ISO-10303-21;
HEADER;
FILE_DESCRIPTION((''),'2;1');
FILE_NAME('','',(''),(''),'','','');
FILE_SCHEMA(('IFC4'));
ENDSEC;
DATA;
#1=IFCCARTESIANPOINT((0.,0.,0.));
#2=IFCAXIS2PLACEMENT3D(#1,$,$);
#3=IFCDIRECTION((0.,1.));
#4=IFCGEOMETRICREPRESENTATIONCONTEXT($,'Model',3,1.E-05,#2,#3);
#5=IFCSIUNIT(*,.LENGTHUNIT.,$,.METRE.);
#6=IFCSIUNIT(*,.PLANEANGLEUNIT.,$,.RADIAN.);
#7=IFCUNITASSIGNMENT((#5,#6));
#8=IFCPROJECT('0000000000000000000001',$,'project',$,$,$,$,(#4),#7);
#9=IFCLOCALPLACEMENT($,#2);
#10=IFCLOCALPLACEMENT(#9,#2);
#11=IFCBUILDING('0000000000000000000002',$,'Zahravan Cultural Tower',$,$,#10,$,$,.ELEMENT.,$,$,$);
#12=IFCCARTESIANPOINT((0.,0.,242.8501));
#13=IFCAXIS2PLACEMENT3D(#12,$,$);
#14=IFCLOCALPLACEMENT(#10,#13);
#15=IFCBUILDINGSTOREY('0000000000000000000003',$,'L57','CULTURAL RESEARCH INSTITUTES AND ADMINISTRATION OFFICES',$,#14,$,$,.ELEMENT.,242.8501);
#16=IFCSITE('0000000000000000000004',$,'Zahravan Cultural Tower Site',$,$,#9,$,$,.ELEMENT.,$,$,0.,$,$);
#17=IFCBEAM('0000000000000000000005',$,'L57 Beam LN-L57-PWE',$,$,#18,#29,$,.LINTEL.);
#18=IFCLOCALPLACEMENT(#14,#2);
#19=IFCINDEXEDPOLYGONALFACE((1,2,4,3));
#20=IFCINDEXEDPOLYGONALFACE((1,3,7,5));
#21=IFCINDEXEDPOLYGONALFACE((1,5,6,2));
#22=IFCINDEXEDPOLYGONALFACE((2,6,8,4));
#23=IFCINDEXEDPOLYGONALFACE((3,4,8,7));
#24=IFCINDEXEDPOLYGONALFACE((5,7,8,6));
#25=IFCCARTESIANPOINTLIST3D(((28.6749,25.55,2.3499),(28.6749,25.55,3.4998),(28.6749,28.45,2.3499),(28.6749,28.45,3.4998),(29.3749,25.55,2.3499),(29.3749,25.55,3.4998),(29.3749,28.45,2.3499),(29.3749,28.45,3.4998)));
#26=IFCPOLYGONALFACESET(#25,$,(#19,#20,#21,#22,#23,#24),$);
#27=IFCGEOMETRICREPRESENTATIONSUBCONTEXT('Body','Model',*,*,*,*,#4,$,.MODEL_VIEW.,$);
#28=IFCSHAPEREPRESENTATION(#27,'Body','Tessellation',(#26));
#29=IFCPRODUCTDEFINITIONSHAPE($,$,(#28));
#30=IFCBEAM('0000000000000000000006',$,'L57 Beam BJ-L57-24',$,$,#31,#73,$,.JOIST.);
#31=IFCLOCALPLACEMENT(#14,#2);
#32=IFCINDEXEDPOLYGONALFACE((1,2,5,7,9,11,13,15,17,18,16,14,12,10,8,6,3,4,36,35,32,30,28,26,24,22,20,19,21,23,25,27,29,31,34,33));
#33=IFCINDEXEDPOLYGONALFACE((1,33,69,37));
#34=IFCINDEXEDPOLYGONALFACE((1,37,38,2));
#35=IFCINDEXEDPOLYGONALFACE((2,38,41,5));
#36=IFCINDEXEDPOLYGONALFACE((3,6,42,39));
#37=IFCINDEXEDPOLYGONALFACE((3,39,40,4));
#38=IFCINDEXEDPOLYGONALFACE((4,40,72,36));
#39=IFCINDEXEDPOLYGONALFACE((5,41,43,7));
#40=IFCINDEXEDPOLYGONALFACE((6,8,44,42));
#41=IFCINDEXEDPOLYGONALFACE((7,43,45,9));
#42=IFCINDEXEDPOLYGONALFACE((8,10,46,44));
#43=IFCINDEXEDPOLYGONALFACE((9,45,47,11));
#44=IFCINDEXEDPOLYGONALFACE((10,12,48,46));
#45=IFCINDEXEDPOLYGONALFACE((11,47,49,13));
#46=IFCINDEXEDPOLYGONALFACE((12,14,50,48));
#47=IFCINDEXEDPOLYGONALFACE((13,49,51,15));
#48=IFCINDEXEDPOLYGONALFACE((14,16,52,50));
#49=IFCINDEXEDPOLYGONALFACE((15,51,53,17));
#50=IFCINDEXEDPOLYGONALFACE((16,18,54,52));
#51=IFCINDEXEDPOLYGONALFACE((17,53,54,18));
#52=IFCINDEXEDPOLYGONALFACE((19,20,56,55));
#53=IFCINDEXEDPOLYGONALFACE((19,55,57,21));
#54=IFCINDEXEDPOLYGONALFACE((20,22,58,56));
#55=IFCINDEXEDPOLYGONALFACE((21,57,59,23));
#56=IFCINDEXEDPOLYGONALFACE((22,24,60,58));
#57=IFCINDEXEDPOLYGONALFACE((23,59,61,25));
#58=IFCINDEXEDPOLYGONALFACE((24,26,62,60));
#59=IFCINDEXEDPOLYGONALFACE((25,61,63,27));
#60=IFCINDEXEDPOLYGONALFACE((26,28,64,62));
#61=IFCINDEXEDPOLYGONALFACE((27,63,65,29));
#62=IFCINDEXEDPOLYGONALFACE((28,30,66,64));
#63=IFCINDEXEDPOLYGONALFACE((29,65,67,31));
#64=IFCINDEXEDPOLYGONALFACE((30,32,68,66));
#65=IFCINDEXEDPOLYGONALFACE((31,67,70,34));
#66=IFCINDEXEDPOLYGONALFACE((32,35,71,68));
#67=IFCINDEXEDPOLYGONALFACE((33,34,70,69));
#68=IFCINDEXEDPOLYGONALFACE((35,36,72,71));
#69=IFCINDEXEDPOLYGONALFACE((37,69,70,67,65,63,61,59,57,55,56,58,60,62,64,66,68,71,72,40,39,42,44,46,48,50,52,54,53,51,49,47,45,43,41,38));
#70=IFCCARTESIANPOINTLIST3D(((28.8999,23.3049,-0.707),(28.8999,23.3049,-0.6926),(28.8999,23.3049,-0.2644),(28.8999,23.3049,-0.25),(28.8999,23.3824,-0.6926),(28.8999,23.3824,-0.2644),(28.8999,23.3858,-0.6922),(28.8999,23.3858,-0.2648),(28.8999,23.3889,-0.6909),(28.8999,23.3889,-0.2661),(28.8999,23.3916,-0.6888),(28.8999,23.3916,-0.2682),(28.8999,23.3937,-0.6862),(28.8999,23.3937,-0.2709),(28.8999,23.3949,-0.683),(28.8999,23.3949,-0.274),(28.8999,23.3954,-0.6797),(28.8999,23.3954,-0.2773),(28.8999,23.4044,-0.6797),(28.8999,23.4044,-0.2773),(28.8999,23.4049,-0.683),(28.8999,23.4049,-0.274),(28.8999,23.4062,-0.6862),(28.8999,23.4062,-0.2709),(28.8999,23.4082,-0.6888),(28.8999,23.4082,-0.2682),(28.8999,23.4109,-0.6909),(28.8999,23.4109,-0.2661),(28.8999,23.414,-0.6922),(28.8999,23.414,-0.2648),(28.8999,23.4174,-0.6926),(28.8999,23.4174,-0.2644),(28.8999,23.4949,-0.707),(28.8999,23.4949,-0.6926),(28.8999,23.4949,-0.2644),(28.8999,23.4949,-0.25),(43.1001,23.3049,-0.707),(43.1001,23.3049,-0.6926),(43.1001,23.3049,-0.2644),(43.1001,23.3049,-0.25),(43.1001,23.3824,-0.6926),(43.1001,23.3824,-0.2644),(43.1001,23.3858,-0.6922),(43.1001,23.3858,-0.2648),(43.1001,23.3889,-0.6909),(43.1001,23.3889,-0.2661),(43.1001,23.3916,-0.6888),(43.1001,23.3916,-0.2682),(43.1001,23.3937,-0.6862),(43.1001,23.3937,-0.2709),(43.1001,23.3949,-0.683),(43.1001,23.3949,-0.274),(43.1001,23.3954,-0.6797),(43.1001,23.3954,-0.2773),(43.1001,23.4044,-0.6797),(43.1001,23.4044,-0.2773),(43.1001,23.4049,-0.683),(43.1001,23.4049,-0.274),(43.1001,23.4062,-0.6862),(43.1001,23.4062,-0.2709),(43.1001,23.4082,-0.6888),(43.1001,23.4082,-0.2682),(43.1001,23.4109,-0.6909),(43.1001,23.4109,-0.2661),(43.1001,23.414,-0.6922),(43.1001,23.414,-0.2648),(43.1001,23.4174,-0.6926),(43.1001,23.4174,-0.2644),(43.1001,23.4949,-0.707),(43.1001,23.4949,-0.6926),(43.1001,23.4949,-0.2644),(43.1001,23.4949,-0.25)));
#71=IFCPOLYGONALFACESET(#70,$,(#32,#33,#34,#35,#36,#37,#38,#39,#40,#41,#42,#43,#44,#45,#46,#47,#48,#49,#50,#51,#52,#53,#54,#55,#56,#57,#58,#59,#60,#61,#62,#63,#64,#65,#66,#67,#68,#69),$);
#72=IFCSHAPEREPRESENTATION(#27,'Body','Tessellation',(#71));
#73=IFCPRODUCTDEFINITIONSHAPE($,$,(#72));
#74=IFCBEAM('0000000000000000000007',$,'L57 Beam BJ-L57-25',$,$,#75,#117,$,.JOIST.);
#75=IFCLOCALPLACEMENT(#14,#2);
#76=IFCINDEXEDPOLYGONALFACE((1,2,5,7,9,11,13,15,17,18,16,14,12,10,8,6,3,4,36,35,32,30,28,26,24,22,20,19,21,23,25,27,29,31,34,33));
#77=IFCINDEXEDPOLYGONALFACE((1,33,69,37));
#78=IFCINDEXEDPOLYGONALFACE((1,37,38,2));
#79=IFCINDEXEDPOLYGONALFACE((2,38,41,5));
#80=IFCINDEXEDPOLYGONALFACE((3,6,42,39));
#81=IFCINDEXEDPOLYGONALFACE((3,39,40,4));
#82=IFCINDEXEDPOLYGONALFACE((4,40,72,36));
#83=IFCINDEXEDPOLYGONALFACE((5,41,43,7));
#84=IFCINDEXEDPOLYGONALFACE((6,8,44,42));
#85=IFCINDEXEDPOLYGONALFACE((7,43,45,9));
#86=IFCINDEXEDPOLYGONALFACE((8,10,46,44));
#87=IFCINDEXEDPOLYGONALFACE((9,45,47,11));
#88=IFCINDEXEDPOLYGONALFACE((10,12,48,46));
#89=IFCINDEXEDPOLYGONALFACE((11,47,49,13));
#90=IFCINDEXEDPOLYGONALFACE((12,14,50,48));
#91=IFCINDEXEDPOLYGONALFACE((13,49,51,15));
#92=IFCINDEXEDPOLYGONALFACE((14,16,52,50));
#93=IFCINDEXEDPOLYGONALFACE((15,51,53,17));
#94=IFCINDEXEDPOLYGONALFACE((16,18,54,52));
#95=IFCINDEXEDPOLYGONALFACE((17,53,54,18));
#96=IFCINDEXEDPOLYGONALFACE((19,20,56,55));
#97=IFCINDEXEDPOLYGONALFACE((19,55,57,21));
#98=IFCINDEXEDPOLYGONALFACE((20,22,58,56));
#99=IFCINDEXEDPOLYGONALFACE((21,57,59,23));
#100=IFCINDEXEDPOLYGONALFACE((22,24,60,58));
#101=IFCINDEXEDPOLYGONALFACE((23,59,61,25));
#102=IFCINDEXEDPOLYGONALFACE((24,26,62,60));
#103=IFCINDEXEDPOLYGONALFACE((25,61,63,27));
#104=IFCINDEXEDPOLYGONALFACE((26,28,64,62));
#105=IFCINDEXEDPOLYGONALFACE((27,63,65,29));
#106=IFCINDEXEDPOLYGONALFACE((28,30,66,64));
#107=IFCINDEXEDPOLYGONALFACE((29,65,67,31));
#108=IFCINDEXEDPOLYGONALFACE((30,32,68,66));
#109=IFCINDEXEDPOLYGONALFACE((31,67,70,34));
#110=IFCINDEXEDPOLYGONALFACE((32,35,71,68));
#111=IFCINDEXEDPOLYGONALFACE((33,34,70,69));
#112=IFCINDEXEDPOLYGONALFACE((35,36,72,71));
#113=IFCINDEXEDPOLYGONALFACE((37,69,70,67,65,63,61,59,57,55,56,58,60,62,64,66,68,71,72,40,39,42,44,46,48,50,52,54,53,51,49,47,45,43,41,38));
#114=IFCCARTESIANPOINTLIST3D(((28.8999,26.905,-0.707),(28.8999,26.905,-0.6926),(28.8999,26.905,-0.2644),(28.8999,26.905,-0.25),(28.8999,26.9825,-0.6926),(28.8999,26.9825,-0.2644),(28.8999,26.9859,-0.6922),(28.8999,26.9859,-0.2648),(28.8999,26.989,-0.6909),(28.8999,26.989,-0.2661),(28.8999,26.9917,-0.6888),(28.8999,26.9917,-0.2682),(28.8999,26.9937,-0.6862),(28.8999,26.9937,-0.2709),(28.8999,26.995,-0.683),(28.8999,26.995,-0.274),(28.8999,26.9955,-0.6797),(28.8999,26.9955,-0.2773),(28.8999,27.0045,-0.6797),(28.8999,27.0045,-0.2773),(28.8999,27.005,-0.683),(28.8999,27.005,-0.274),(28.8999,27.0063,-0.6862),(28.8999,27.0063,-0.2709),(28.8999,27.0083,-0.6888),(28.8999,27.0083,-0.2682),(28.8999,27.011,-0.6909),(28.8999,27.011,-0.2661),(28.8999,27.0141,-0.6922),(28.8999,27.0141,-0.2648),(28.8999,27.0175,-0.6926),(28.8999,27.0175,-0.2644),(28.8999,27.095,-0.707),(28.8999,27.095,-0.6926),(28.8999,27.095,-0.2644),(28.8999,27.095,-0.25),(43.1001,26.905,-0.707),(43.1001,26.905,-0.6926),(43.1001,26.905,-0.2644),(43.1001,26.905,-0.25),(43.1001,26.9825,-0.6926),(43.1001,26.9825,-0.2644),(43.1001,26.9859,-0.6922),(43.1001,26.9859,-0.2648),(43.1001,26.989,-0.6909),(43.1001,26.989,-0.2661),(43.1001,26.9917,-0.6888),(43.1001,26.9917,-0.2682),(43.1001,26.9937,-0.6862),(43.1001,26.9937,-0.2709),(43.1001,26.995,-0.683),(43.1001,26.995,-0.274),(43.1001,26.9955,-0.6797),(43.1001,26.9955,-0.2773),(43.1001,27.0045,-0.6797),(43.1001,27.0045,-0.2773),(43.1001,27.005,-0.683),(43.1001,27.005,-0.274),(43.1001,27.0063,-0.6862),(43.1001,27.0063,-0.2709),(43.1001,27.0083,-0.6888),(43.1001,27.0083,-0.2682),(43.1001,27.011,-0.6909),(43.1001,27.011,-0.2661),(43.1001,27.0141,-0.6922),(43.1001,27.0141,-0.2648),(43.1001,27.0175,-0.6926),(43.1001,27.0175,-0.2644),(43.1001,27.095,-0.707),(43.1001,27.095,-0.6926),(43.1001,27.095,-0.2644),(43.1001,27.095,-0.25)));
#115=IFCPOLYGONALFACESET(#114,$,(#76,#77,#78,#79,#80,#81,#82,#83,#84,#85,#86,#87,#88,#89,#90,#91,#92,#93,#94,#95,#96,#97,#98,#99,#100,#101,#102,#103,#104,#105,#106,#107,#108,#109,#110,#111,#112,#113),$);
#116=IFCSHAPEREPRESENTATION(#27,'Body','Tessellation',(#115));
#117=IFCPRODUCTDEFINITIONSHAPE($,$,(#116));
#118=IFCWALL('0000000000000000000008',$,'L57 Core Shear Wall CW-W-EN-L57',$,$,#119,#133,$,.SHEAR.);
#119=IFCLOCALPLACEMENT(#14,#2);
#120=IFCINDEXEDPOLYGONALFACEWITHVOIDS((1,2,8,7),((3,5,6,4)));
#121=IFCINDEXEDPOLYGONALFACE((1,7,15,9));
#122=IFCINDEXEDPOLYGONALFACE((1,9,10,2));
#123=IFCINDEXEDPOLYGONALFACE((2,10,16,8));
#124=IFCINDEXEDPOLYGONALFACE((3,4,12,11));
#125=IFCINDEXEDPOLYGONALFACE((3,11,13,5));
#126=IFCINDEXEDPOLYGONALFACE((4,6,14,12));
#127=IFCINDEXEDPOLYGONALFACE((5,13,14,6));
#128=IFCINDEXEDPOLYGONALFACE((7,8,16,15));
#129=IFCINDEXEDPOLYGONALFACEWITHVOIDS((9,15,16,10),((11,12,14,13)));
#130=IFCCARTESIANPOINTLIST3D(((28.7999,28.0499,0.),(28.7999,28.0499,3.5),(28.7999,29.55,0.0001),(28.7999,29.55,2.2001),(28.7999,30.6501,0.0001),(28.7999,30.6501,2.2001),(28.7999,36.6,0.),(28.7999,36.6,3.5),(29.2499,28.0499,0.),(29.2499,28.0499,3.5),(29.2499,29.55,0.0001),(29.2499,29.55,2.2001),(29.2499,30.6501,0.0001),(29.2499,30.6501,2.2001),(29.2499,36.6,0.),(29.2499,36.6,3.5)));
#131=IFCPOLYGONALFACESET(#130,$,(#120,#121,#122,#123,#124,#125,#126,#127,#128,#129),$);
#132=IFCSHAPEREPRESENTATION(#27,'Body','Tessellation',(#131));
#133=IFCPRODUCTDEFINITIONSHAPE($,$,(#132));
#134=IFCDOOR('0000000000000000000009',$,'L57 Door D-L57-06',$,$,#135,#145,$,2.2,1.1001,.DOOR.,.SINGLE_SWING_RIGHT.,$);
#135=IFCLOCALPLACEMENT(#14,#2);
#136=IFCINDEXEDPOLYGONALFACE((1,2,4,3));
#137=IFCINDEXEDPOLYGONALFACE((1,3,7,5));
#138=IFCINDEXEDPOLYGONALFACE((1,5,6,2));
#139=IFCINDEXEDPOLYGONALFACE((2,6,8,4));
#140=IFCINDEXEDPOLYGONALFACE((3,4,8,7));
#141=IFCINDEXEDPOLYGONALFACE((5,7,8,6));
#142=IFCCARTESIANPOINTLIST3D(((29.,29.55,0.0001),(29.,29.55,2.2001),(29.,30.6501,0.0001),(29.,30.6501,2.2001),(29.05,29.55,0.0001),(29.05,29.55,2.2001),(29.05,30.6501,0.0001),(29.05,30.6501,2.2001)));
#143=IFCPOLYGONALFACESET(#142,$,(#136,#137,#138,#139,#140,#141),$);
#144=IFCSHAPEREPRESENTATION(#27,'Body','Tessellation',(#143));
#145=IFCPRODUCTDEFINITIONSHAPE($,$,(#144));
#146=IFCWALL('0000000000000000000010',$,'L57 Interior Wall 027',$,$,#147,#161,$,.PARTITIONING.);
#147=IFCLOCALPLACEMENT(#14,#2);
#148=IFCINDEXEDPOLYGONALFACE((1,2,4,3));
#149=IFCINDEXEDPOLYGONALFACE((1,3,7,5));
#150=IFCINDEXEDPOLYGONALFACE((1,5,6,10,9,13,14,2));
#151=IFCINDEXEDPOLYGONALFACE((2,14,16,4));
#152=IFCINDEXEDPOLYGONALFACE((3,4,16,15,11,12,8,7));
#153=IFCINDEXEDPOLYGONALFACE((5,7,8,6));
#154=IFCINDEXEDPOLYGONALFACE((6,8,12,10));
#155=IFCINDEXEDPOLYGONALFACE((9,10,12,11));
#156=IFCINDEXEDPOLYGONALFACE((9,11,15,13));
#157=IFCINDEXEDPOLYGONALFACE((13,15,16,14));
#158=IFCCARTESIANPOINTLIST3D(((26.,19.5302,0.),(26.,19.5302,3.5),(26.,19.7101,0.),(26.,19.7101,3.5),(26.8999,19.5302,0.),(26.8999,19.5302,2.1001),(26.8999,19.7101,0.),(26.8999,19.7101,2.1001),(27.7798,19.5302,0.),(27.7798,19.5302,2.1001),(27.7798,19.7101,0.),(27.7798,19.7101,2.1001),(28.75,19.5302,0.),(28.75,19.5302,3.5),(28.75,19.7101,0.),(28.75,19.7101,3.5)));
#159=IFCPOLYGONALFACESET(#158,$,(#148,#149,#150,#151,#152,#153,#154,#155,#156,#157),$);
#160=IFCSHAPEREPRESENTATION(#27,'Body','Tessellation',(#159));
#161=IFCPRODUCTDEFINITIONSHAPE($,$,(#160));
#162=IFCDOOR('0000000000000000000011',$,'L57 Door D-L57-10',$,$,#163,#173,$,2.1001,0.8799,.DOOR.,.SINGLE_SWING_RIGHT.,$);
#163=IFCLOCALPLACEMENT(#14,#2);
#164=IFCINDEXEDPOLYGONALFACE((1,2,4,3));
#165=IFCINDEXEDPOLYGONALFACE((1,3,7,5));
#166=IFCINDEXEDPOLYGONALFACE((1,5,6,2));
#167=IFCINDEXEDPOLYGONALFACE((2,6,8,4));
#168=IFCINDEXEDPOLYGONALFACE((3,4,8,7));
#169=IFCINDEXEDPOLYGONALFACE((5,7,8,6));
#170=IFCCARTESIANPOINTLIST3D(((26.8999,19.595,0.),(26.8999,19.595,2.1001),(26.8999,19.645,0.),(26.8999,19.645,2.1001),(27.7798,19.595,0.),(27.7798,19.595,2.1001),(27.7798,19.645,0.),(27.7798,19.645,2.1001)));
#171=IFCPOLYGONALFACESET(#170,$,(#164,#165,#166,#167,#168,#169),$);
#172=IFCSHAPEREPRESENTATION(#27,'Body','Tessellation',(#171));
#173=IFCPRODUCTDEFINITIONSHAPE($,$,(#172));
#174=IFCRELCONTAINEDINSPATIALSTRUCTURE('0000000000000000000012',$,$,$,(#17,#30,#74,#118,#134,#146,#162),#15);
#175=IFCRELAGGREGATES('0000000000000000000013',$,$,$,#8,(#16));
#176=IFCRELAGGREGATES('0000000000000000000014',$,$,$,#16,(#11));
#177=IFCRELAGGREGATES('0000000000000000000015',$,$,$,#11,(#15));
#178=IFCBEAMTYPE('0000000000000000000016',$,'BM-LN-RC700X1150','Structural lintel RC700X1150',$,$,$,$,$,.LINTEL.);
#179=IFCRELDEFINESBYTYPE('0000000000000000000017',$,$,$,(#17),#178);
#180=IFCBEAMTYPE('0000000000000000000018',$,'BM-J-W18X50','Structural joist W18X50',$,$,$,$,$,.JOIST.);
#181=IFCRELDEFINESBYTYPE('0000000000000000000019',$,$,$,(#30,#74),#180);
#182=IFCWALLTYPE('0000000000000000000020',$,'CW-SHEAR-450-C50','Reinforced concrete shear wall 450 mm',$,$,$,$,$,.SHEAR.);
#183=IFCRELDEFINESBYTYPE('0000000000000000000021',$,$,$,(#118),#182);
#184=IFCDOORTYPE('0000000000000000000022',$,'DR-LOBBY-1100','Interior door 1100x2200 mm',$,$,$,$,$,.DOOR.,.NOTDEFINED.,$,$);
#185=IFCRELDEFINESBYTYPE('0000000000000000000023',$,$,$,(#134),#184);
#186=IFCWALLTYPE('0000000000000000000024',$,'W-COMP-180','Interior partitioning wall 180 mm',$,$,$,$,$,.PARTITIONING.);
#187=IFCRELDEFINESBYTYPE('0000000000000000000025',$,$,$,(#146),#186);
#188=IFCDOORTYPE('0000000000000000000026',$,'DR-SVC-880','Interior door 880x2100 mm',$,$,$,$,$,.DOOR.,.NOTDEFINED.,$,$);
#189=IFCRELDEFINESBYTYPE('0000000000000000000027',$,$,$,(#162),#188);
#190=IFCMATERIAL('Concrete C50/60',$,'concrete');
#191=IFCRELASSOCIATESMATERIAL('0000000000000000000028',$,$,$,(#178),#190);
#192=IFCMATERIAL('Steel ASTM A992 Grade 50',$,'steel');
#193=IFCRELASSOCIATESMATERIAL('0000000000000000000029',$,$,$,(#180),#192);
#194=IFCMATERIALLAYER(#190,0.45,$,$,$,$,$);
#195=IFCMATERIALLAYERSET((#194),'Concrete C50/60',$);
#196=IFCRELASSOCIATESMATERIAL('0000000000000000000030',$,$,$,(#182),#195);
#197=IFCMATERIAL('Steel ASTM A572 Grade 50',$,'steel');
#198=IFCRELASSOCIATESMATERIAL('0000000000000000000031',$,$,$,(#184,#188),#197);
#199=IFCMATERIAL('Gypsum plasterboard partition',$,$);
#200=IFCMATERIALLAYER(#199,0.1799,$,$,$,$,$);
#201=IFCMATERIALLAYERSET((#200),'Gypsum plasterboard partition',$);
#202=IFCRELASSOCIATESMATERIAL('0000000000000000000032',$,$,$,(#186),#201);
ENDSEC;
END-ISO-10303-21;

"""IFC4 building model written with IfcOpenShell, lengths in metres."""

from ifc_helpers import new_model, si_unit, direction, frame, frame_2d, origin, origin_2d, place, context, subcontext, project, spatial, rectangle, i_section, extrude, source, transform, mapped, material, layer, layer_set, material_profile, profile_set, type_object, element, fill, save


model = new_model("IFC4")

# Units and contexts
model_context = context("Model", 3, precision=1e-05, world=origin(), true_north=direction((0.0, 1.0)))
body_context = subcontext(model_context, "Body", "Model", "MODEL_VIEW")
ifc_project = project(units=[si_unit("LENGTHUNIT", "METRE"), si_unit("PLANEANGLEUNIT", "RADIAN")], contexts=[model_context])

# Site, building, storey
site_placement = place(None, origin())
site = spatial("IfcSite", under=ifc_project, at=site_placement, Name="Zahravan Cultural Tower Site", CompositionType="ELEMENT", RefElevation=0.0)
building_placement = place(site_placement, origin())
building = spatial("IfcBuilding", under=site, at=building_placement, Name="Zahravan Cultural Tower", CompositionType="ELEMENT")
storey_placement = place(building_placement, frame((0.0, 0.0, 242.8501)))
storey = spatial("IfcBuildingStorey", under=building, at=storey_placement, Name="L57", Description="CULTURAL RESEARCH INSTITUTES AND ADMINISTRATION OFFICES", CompositionType="ELEMENT", Elevation=242.8501)

# Beams
ifc_material_1 = material(Name="Concrete C50/60", Category="concrete")
ifc_material_profile_1 = material_profile(ifc_material_1, rectangle(XDim=0.7, YDim=1.1499, at=origin_2d()), Name="RC700X1150")
ifc_profile_set_1 = profile_set([ifc_material_profile_1], Name="Concrete C50/60")
beam_type_1 = type_object("IfcBeamType", Name="BM-LN-RC700X1150", Description="Structural lintel RC700X1150", PredefinedType="LINTEL", material=ifc_profile_set_1)
shared_shape_1 = source(origin(), body_context, "Body", "SweptSolid", [
    extrude(rectangle(XDim=0.7, YDim=1.1499, at=origin_2d()), origin(), (0.0, 0.0, 1.0), 2.8999),
])
beam_placement = place(storey_placement, frame((29.0249, 25.55, 2.9248), z_axis=(0.0, 1.0, 0.0), x_axis=(-1.0, 0.0, 0.0)))
element("IfcBeam", 1, at=beam_placement, inside=storey, type_object=beam_type_1, Name="L57 Beam LN-L57-PWE", PredefinedType="LINTEL", context=body_context, shape_type="MappedRepresentation", body=[
    mapped(shared_shape_1, transform((0.0, 0.0, 0.0), x_axis=(1.0, 0.0, 0.0), y_axis=(0.0, 1.0, 0.0), z_axis=(0.0, 0.0, 1.0), scale=1.0)),
])
ifc_material_2 = material(Name="Steel ASTM A992 Grade 50", Category="steel")
ifc_material_profile_2 = material_profile(ifc_material_2, i_section(OverallWidth=0.1899, OverallDepth=0.457, WebThickness=0.009, FlangeThickness=0.0144, FilletRadius=0.0129, at=origin_2d()), Name="W18X50")
ifc_profile_set_2 = profile_set([ifc_material_profile_2], Name="Steel ASTM A992 Grade 50")
beam_type_2 = type_object("IfcBeamType", Name="BM-J-W18X50", Description="Structural joist W18X50", PredefinedType="JOIST", material=ifc_profile_set_2)
shared_shape_2 = source(origin(), body_context, "Body", "SweptSolid", [
    extrude(i_section(OverallWidth=0.1899, OverallDepth=0.457, WebThickness=0.009, FlangeThickness=0.0144, FilletRadius=0.0129, at=origin_2d()), origin(), (0.0, 0.0, 1.0), 14.2002),
])
for number, where, z_axis, x_axis, name in (
    (2, (28.8999, 23.3999, -0.4785), (1.0, 0.0, 0.0), (0.0, 1.0, 0.0), "L57 Beam BJ-L57-24"),
    (3, (28.8999, 27.0, -0.4785), (1.0, 0.0, 0.0), (0.0, 1.0, 0.0), "L57 Beam BJ-L57-25"),
):
    element("IfcBeam", number, at=place(storey_placement, frame(where, z_axis=z_axis, x_axis=x_axis)), inside=storey, type_object=beam_type_2, Name=name, PredefinedType="JOIST", context=body_context, shape_type="MappedRepresentation", body=[
        mapped(shared_shape_2, transform((0.0, 0.0, 0.0), x_axis=(1.0, 0.0, 0.0), y_axis=(0.0, 1.0, 0.0), z_axis=(0.0, 0.0, 1.0), scale=1.0)),
    ])

# Walls, openings, doors
ifc_layer_1 = layer(ifc_material_1, 0.45)
ifc_layer_set_1 = layer_set([ifc_layer_1], Name="Concrete C50/60")
wall_type_1 = type_object("IfcWallType", Name="CW-SHEAR-450-C50", Description="Reinforced concrete shear wall 450 mm", PredefinedType="SHEAR", material=ifc_layer_set_1)
wall_1_placement = place(storey_placement, frame((29.0249, 28.05, 0.0), z_axis=(0.0, 0.0, 1.0), x_axis=(0.0, 1.0, 0.0)))
wall_1 = element("IfcWall", 4, at=wall_1_placement, inside=storey, type_object=wall_type_1, Name="L57 Core Shear Wall CW-W-EN-L57", PredefinedType="SHEAR", context=body_context, shape_type="SweptSolid", body=[
    extrude(rectangle(XDim=8.55, YDim=0.45, at=frame_2d((4.2749, 0.0))), origin(), (0.0, 0.0, 1.0), 3.5),
])
opening_1_placement = place(wall_1_placement, frame((1.5, 0.0, 0.0)))
opening_1 = element("IfcOpeningElement", 5, at=opening_1_placement, cuts=wall_1, PredefinedType="OPENING", context=body_context, shape_type="SweptSolid", body=[
    extrude(rectangle(XDim=1.1001, YDim=2.2, at=frame_2d((0.55, 1.1001))), frame((0.0, 0.2349, 0.0), z_axis=(0.0, -1.0, 0.0), x_axis=(1.0, 0.0, 0.0)), (0.0, 0.0, 1.0), 0.47),
])
ifc_material_3 = material(Name="Steel ASTM A572 Grade 50", Category="steel")
door_type_1 = type_object("IfcDoorType", Name="DR-LOBBY-1100", Description="Interior door 1100x2200 mm", OperationType="NOTDEFINED", PredefinedType="DOOR", material=ifc_material_3)
shared_shape_3 = source(origin(), body_context, "Body", "SweptSolid", [
    extrude(rectangle(XDim=1.1001, YDim=2.2, at=frame_2d((0.55, 1.1001))), frame((0.0, 0.0249, 0.0), z_axis=(0.0, -1.0, 0.0), x_axis=(1.0, 0.0, 0.0)), (0.0, 0.0, 1.0), 0.05),
])
door_1_placement = place(opening_1_placement, origin())
door_1 = element("IfcDoor", 6, at=door_1_placement, inside=storey, type_object=door_type_1, Name="L57 Door D-L57-06", OperationType="SINGLE_SWING_RIGHT", OverallHeight=2.2, OverallWidth=1.1001, PredefinedType="DOOR", context=body_context, shape_type="MappedRepresentation", body=[
    mapped(shared_shape_3, transform((0.0, 0.0, 0.0), x_axis=(1.0, 0.0, 0.0), y_axis=(0.0, 1.0, 0.0), z_axis=(0.0, 0.0, 1.0), scale=1.0)),
])
fill(opening_1, door_1)
ifc_material_4 = material(Name="Gypsum plasterboard partition")
ifc_layer_2 = layer(ifc_material_4, 0.1799)
ifc_layer_set_2 = layer_set([ifc_layer_2], Name="Gypsum plasterboard partition")
wall_type_2 = type_object("IfcWallType", Name="W-COMP-180", Description="Interior partitioning wall 180 mm", PredefinedType="PARTITIONING", material=ifc_layer_set_2)
wall_2_placement = place(storey_placement, frame((26.0, 19.6201, 0.0), z_axis=(0.0, 0.0, 1.0), x_axis=(1.0, 0.0, 0.0)))
wall_2 = element("IfcWall", 7, at=wall_2_placement, inside=storey, type_object=wall_type_2, Name="L57 Interior Wall 027", PredefinedType="PARTITIONING", context=body_context, shape_type="SweptSolid", body=[
    extrude(rectangle(XDim=2.75, YDim=0.1799, at=frame_2d((1.375, 0.0))), origin(), (0.0, 0.0, 1.0), 3.5),
])
opening_2_placement = place(wall_2_placement, frame((0.8999, 0.0, 0.0)))
opening_2 = element("IfcOpeningElement", 8, at=opening_2_placement, cuts=wall_2, PredefinedType="OPENING", context=body_context, shape_type="SweptSolid", body=[
    extrude(rectangle(XDim=0.8799, YDim=2.1001, at=frame_2d((0.4399, 1.05))), frame((0.0, 0.0999, 0.0), z_axis=(0.0, -1.0, 0.0), x_axis=(1.0, 0.0, 0.0)), (0.0, 0.0, 1.0), 0.2),
])
door_type_2 = type_object("IfcDoorType", Name="DR-SVC-880", Description="Interior door 880x2100 mm", OperationType="NOTDEFINED", PredefinedType="DOOR", material=ifc_material_3)
shared_shape_4 = source(origin(), body_context, "Body", "SweptSolid", [
    extrude(rectangle(XDim=0.8799, YDim=2.1001, at=frame_2d((0.4399, 1.05))), frame((0.0, 0.0249, 0.0), z_axis=(0.0, -1.0, 0.0), x_axis=(1.0, 0.0, 0.0)), (0.0, 0.0, 1.0), 0.05),
])
door_2_placement = place(opening_2_placement, origin())
door_2 = element("IfcDoor", 9, at=door_2_placement, inside=storey, type_object=door_type_2, Name="L57 Door D-L57-10", OperationType="SINGLE_SWING_RIGHT", OverallHeight=2.1001, OverallWidth=0.8799, PredefinedType="DOOR", context=body_context, shape_type="MappedRepresentation", body=[
    mapped(shared_shape_4, transform((0.0, 0.0, 0.0), x_axis=(1.0, 0.0, 0.0), y_axis=(0.0, 1.0, 0.0), z_axis=(0.0, 0.0, 1.0), scale=1.0)),
])
fill(opening_2, door_2)

save(model, "model.ifc")
